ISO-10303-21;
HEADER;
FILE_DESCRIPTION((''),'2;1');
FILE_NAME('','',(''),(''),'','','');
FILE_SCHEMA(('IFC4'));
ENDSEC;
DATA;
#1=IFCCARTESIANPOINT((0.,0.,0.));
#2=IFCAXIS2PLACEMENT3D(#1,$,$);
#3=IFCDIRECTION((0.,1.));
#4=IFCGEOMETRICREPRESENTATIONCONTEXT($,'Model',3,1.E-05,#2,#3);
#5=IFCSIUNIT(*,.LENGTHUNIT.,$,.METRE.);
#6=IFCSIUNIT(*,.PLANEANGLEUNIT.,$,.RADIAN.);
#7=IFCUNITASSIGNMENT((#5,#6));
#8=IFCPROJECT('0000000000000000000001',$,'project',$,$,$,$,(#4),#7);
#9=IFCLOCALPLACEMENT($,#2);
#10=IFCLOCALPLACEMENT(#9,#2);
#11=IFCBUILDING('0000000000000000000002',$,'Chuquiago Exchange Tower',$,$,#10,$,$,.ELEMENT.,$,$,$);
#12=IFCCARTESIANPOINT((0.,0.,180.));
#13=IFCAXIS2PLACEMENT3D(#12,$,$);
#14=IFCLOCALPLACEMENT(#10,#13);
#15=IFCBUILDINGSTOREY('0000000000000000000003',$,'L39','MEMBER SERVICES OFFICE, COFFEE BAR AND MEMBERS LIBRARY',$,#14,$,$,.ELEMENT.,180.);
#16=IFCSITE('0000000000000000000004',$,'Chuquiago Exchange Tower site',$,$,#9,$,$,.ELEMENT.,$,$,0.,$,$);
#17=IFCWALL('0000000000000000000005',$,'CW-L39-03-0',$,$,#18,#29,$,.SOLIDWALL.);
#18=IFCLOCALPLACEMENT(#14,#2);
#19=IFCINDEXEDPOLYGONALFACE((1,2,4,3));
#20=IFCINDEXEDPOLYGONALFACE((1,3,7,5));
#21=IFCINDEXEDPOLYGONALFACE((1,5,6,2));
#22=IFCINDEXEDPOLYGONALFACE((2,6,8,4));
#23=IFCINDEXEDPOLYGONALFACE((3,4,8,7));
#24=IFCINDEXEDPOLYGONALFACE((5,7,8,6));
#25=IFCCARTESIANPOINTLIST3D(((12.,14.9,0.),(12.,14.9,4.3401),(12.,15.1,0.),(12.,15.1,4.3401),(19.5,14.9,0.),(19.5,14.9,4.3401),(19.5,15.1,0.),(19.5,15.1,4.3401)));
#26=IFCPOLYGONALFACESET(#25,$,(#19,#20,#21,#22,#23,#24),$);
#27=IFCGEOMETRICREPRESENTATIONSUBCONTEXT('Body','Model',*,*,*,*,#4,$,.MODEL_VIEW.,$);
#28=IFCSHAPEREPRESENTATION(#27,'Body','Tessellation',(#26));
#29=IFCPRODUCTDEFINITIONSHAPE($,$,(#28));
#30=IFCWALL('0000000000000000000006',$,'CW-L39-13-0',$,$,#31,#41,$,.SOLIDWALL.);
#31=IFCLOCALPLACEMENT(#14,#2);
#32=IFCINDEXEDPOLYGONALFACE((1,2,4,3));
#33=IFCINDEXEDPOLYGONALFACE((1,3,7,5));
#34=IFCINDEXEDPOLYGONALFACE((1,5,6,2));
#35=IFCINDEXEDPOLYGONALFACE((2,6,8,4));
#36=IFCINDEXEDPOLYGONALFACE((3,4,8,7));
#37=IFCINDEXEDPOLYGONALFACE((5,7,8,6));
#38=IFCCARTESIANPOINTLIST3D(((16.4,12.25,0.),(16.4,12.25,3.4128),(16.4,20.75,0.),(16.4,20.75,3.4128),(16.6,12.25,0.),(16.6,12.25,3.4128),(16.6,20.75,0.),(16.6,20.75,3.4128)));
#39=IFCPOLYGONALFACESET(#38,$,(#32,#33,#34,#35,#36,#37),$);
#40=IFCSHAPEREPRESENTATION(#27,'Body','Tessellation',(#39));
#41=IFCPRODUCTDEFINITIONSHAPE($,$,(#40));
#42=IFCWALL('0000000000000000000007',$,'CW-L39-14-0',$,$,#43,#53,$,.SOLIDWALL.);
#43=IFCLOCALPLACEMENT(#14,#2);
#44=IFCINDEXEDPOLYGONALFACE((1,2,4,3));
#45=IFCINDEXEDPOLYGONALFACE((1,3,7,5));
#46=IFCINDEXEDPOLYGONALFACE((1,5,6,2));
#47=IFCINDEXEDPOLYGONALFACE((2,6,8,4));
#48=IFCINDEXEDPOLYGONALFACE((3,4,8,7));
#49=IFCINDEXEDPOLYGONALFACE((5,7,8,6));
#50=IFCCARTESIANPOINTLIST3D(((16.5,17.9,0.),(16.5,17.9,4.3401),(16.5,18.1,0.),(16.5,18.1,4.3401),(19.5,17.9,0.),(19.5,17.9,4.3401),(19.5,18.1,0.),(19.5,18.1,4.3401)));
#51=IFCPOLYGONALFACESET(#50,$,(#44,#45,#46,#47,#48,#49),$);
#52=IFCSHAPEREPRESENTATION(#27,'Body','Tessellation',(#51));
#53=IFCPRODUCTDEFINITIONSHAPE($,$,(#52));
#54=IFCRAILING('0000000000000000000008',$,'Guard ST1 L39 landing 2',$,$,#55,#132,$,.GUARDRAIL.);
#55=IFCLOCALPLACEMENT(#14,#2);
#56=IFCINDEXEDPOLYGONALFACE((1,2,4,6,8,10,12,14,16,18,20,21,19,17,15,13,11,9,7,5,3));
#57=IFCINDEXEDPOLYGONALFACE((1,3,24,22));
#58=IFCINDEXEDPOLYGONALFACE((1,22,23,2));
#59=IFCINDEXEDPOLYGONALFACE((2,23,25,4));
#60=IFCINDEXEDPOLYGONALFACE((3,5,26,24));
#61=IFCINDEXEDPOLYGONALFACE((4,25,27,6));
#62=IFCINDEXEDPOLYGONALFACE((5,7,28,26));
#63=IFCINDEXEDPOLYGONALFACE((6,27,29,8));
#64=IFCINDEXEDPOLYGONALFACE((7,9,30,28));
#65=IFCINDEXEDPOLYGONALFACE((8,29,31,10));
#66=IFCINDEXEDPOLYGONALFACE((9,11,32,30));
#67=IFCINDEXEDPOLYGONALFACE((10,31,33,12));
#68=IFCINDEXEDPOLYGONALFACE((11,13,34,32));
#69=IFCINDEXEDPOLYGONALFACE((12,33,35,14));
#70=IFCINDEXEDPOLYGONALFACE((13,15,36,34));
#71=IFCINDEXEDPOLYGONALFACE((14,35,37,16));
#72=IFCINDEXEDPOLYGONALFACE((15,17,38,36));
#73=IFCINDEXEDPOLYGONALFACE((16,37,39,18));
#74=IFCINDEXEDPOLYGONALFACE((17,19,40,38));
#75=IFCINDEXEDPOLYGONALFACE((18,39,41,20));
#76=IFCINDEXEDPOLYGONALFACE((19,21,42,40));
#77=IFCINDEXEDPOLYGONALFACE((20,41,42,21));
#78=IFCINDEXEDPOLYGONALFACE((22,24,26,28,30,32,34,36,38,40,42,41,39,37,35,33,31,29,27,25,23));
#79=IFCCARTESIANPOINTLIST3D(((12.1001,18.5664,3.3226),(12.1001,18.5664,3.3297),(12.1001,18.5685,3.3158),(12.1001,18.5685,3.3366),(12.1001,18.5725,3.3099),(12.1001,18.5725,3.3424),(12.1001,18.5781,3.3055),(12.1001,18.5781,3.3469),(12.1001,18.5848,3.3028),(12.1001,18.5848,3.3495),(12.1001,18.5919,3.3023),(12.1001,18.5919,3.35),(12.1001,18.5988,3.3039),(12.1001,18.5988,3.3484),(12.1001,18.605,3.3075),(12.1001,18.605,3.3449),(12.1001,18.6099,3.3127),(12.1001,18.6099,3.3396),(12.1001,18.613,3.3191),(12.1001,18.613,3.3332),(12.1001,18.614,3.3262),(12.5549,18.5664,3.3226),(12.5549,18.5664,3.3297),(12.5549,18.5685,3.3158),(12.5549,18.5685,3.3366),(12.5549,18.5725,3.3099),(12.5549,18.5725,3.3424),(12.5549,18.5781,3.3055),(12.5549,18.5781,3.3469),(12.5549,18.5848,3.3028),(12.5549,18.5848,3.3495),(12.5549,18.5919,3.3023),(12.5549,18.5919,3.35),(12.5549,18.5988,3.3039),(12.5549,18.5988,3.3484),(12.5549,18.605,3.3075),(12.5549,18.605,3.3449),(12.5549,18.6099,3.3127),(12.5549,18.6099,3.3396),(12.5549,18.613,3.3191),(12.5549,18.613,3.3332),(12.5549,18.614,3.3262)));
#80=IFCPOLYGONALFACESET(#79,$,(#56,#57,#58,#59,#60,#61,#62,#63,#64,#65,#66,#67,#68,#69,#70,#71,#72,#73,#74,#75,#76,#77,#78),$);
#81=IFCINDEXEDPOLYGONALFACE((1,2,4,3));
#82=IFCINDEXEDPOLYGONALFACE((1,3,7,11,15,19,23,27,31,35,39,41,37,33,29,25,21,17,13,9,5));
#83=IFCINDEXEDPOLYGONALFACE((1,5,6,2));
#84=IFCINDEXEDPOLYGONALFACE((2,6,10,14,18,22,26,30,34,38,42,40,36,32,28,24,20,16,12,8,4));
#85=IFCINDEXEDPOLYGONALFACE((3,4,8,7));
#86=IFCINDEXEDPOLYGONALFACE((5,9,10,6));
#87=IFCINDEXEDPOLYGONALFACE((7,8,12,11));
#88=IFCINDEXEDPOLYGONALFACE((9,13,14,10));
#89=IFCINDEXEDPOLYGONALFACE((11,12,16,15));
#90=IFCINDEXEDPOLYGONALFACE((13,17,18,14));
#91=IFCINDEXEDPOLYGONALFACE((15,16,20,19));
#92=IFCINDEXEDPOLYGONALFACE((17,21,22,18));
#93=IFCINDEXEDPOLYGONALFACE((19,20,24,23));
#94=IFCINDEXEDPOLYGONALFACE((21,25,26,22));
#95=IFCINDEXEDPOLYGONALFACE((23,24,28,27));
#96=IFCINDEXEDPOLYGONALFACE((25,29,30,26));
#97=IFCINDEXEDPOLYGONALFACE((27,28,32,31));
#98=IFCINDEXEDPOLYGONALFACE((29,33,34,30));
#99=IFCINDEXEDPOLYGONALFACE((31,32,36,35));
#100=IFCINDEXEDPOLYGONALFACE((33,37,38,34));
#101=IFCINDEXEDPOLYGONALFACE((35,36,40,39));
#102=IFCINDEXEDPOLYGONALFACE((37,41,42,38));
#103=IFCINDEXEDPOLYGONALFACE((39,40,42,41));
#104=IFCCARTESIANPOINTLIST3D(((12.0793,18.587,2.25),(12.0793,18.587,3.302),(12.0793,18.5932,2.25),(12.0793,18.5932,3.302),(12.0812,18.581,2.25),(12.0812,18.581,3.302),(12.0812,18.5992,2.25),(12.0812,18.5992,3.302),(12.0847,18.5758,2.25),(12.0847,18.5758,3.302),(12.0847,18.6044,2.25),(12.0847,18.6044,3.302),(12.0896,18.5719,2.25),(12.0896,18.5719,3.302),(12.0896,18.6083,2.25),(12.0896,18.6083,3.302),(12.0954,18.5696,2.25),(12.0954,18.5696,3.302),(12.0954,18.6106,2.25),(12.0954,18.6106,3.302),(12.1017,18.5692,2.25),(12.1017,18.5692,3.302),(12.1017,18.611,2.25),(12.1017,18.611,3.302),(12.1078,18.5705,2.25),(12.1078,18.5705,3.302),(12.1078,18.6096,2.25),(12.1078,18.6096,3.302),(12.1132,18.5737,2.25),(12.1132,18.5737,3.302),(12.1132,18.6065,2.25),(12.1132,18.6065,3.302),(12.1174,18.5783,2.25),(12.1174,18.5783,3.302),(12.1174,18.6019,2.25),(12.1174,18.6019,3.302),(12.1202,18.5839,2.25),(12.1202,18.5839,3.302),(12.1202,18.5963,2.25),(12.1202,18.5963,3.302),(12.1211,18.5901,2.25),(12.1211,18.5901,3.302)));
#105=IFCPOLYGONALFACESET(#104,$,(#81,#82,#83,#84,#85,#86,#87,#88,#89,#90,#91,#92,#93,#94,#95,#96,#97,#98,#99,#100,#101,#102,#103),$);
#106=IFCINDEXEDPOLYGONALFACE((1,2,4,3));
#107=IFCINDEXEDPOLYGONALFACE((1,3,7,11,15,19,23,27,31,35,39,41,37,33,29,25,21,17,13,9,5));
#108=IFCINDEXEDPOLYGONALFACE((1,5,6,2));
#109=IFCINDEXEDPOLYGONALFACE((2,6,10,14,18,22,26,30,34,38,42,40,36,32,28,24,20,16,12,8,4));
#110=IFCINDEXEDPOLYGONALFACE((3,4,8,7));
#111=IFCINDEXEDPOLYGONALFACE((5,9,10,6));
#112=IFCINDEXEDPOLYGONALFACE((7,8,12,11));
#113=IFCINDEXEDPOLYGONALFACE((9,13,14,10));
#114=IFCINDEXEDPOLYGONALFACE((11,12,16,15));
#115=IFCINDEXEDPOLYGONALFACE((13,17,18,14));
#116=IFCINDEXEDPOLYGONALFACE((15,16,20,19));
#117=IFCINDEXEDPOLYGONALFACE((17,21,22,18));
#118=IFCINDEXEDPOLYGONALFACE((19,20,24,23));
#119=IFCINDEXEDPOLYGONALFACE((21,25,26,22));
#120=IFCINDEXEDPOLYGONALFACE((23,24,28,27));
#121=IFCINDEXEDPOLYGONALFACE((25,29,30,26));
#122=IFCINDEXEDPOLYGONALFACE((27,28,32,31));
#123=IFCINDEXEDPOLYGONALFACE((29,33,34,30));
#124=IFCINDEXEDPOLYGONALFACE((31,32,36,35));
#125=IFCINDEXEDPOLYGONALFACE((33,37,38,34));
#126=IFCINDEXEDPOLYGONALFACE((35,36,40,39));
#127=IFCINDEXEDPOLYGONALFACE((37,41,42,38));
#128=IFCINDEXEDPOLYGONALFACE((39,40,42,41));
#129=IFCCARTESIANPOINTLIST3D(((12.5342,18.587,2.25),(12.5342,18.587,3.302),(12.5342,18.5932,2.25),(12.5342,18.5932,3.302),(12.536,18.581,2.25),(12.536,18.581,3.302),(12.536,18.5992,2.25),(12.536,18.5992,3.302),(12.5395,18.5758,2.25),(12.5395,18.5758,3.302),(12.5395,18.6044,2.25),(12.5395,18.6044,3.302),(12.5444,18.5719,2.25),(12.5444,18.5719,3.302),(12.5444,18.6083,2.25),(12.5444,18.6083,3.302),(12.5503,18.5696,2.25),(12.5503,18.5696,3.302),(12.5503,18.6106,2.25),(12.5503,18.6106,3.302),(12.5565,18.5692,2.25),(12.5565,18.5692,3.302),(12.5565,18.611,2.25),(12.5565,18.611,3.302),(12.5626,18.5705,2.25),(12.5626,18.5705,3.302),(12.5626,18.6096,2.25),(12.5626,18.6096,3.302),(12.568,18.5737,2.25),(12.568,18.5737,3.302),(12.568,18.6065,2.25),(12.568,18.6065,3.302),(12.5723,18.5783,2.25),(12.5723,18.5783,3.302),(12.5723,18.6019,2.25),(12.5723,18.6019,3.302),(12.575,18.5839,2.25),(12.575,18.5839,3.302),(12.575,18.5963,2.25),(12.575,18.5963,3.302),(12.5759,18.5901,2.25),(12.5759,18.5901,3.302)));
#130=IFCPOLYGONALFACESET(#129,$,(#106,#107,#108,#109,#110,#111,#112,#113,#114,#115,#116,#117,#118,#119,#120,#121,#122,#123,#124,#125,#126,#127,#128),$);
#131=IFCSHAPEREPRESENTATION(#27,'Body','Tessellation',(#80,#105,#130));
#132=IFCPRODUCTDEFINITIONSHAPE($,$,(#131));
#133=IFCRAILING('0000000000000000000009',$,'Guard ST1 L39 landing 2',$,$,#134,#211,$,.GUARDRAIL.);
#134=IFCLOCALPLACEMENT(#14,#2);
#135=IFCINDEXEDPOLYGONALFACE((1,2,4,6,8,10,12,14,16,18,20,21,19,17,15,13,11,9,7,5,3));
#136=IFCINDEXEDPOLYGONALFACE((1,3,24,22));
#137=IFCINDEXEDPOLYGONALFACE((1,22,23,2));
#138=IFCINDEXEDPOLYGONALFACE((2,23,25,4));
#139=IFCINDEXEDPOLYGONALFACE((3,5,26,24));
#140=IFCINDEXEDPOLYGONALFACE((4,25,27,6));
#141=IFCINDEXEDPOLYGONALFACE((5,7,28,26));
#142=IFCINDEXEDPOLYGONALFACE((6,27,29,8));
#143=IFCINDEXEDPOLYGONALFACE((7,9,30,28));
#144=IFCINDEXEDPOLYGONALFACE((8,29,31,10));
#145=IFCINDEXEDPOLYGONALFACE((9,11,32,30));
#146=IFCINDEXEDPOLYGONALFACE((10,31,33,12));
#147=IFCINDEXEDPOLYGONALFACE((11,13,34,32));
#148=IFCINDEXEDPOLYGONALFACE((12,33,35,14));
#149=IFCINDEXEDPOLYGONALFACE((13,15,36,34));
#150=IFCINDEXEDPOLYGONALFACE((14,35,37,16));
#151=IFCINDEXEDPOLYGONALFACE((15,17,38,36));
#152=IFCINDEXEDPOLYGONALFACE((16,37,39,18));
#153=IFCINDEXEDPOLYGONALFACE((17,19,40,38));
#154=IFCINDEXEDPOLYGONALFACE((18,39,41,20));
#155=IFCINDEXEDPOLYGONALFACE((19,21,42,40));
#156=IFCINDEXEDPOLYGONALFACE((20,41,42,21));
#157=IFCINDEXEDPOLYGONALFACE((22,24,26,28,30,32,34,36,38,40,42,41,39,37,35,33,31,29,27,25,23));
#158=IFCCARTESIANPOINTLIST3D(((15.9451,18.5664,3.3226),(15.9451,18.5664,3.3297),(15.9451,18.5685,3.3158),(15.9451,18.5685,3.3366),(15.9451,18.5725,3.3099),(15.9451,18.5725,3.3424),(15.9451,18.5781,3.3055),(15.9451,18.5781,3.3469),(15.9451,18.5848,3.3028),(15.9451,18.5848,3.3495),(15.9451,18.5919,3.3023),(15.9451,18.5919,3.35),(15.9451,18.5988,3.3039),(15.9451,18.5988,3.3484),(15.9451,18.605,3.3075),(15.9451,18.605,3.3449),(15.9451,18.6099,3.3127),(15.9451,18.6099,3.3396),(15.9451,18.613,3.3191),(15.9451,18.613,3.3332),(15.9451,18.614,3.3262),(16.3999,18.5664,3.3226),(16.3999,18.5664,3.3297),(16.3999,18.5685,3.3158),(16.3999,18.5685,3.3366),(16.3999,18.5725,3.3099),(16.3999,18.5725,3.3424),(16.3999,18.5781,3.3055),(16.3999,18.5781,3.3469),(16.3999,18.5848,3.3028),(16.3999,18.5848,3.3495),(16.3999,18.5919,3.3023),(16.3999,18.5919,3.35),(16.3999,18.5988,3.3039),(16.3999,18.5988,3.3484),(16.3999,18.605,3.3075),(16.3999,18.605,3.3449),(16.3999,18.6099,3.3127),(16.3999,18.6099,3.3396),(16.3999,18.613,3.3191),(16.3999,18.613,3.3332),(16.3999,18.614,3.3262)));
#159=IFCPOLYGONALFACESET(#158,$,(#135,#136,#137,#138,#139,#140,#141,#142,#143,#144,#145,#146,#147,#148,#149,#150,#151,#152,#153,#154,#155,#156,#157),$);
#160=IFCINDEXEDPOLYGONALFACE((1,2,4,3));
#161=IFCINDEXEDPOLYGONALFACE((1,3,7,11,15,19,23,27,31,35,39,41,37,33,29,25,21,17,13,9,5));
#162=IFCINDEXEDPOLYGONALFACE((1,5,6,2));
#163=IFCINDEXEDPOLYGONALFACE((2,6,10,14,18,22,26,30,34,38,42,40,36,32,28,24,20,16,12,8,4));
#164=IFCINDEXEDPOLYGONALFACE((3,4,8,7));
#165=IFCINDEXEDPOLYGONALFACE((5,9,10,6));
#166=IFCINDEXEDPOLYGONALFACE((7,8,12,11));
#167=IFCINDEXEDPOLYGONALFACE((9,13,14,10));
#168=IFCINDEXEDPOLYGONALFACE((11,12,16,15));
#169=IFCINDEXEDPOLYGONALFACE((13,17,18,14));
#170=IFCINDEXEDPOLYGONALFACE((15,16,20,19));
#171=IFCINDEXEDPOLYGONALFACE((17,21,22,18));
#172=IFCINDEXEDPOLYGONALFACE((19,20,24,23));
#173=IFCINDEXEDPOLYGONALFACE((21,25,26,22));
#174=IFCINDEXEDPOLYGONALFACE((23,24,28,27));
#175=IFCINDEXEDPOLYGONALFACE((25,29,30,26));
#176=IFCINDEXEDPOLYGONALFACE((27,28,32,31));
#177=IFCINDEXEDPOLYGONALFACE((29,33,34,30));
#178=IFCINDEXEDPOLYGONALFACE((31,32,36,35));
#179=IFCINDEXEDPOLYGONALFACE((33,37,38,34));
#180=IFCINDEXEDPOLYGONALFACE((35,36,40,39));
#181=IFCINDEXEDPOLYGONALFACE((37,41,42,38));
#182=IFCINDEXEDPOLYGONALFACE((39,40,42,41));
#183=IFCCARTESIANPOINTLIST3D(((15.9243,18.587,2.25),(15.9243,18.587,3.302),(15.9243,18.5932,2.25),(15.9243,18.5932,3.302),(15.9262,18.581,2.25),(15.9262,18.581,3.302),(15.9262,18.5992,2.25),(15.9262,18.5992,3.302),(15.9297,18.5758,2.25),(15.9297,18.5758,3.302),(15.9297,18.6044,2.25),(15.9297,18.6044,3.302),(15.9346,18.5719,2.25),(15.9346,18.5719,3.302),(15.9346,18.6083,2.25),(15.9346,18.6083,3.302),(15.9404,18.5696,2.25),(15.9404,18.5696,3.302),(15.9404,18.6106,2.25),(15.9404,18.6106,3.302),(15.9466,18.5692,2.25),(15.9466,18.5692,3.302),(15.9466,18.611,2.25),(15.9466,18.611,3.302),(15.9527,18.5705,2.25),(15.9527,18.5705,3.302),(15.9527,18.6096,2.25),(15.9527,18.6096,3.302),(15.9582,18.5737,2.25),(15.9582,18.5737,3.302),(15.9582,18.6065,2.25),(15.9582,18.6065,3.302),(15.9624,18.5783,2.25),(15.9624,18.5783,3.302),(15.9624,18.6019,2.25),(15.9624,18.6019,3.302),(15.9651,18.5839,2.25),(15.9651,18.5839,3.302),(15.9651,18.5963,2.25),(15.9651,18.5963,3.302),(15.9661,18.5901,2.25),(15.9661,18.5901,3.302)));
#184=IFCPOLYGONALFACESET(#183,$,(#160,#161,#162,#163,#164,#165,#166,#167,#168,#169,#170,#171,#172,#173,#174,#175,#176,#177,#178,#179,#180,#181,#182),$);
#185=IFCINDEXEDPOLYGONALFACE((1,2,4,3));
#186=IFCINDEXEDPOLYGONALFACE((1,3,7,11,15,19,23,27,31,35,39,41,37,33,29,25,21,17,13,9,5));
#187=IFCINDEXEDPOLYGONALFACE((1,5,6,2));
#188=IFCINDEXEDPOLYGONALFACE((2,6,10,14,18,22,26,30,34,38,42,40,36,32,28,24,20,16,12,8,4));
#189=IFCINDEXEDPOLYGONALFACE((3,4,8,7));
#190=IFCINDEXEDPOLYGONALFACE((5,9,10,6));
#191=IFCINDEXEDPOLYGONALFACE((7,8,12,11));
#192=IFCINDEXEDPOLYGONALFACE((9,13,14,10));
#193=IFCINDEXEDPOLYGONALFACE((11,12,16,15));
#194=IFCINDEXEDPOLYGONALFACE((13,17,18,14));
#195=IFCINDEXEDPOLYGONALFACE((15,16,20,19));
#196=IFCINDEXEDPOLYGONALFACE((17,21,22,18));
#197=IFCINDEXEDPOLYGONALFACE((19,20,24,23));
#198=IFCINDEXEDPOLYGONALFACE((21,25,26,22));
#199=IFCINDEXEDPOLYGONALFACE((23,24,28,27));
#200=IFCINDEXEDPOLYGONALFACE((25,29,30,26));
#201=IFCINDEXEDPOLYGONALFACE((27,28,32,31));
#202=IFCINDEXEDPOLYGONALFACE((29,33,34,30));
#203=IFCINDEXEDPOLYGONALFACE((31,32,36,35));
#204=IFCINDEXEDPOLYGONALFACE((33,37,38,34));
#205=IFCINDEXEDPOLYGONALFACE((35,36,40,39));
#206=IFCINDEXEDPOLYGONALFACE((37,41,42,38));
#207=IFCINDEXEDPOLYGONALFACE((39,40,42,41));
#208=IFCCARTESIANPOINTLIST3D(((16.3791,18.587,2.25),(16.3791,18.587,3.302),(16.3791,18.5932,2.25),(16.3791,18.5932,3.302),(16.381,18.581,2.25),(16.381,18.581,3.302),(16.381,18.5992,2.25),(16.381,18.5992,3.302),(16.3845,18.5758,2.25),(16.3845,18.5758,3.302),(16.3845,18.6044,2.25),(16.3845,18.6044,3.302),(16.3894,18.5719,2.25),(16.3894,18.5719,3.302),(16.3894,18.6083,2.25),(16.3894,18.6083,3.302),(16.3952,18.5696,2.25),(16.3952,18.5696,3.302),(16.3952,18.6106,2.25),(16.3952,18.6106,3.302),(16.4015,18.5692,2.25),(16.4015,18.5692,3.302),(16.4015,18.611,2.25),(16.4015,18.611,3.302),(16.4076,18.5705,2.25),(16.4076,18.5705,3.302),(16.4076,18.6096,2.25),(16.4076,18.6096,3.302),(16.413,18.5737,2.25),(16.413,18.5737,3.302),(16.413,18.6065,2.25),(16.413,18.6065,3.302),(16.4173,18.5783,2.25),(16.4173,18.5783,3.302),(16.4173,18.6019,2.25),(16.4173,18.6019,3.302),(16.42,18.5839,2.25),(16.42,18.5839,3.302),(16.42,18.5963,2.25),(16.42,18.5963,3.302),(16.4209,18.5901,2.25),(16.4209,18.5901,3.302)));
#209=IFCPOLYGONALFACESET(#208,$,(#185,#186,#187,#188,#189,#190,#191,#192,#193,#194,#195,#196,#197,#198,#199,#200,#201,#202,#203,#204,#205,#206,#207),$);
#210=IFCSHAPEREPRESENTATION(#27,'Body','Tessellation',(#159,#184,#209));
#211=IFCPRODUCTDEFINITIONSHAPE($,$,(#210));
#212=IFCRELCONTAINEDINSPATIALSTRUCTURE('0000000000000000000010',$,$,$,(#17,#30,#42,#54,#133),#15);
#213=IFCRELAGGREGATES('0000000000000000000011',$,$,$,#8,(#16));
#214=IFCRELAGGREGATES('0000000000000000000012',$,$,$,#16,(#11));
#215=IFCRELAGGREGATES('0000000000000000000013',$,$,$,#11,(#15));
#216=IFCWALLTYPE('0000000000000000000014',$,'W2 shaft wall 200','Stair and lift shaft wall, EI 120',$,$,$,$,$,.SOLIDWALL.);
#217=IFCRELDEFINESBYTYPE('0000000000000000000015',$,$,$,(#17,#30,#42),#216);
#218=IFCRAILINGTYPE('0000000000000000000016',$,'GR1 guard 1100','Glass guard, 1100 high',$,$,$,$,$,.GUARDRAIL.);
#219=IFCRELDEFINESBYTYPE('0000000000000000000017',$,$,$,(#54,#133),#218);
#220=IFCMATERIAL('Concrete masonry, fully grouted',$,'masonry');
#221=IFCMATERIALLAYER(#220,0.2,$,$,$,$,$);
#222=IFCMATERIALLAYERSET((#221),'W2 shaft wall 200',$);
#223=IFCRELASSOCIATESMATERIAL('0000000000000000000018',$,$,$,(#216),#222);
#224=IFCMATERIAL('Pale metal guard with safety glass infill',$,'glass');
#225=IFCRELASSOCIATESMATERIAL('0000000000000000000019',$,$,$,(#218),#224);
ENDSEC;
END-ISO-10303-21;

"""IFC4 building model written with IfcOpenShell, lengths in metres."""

from ifc_helpers import new_model, si_unit, direction, frame, frame_2d, origin, origin_2d, place, context, subcontext, project, spatial, rectangle, circle, extrude, material, layer, layer_set, type_object, element, save


model = new_model("IFC4")

# Units and contexts
model_context = context("Model", 3, precision=1e-05, world=origin(), true_north=direction((0.0, 1.0)))
body_context = subcontext(model_context, "Body", "Model", "MODEL_VIEW")
ifc_project = project(units=[si_unit("LENGTHUNIT", "METRE"), si_unit("PLANEANGLEUNIT", "RADIAN")], contexts=[model_context])

# Site, building, storey
site_placement = place(None, origin())
site = spatial("IfcSite", under=ifc_project, at=site_placement, Name="Chuquiago Exchange Tower site", CompositionType="ELEMENT", RefElevation=0.0)
building_placement = place(site_placement, origin())
building = spatial("IfcBuilding", under=site, at=building_placement, Name="Chuquiago Exchange Tower", CompositionType="ELEMENT")
storey_placement = place(building_placement, frame((0.0, 0.0, 180.0)))
storey = spatial("IfcBuildingStorey", under=building, at=storey_placement, Name="L39", Description="MEMBER SERVICES OFFICE, COFFEE BAR AND MEMBERS LIBRARY", CompositionType="ELEMENT", Elevation=180.0)

# Walls
ifc_material_1 = material(Name="Concrete masonry, fully grouted", Category="masonry")
ifc_layer_1 = layer(ifc_material_1, 0.2)
ifc_layer_set_1 = layer_set([ifc_layer_1], Name="W2 shaft wall 200")
wall_type_1 = type_object("IfcWallType", Name="W2 shaft wall 200", Description="Stair and lift shaft wall, EI 120", PredefinedType="SOLIDWALL", material=ifc_layer_set_1)
wall_1_placement = place(storey_placement, frame((12.0, 15.0, 0.0), z_axis=(0.0, 0.0, 1.0), x_axis=(1.0, 0.0, 0.0)))
element("IfcWall", 1, at=wall_1_placement, inside=storey, type_object=wall_type_1, Name="CW-L39-03-0", PredefinedType="SOLIDWALL", context=body_context, shape_type="SweptSolid", body=[
    extrude(rectangle(XDim=7.5, YDim=0.2, at=frame_2d((3.75, 0.0))), origin(), (0.0, 0.0, 1.0), 4.3401),
])
wall_2_placement = place(storey_placement, frame((16.5, 12.25, 0.0), z_axis=(0.0, 0.0, 1.0), x_axis=(0.0, 1.0, 0.0)))
element("IfcWall", 2, at=wall_2_placement, inside=storey, type_object=wall_type_1, Name="CW-L39-13-0", PredefinedType="SOLIDWALL", context=body_context, shape_type="SweptSolid", body=[
    extrude(rectangle(XDim=8.5, YDim=0.2, at=frame_2d((4.25, 0.0))), origin(), (0.0, 0.0, 1.0), 3.4128),
])
wall_3_placement = place(storey_placement, frame((16.5, 18.0, 0.0), z_axis=(0.0, 0.0, 1.0), x_axis=(1.0, 0.0, 0.0)))
element("IfcWall", 3, at=wall_3_placement, inside=storey, type_object=wall_type_1, Name="CW-L39-14-0", PredefinedType="SOLIDWALL", context=body_context, shape_type="SweptSolid", body=[
    extrude(rectangle(XDim=3.0, YDim=0.2, at=frame_2d((1.5, 0.0))), origin(), (0.0, 0.0, 1.0), 4.3401),
])

# Railings
ifc_material_2 = material(Name="Pale metal guard with safety glass infill", Category="glass")
railing_type_1 = type_object("IfcRailingType", Name="GR1 guard 1100", Description="Glass guard, 1100 high", PredefinedType="GUARDRAIL", material=ifc_material_2)
for number, where, name in (
    (4, (12.1001, 18.5901, 2.25), "Guard ST1 L39 landing 2"),
    (5, (15.9451, 18.5901, 2.25), "Guard ST1 L39 landing 2"),
):
    element("IfcRailing", number, at=place(storey_placement, frame(where)), inside=storey, type_object=railing_type_1, Name=name, PredefinedType="GUARDRAIL", context=body_context, shape_type="SweptSolid", body=[
        extrude(circle(Radius=0.0239, at=origin_2d()), frame((0.0, 0.0, 1.0762), z_axis=(1.0, 0.0, 0.0), x_axis=(0.0, 1.0, 0.0)), (0.0, 0.0, 1.0), 0.4548),
        extrude(circle(Radius=0.021, at=origin_2d()), origin(), (0.0, 0.0, 1.0), 1.052),
        extrude(circle(Radius=0.021, at=origin_2d()), frame((0.4548, 0.0, 0.0)), (0.0, 0.0, 1.0), 1.052),
    ])

save(model, "model.ifc")
